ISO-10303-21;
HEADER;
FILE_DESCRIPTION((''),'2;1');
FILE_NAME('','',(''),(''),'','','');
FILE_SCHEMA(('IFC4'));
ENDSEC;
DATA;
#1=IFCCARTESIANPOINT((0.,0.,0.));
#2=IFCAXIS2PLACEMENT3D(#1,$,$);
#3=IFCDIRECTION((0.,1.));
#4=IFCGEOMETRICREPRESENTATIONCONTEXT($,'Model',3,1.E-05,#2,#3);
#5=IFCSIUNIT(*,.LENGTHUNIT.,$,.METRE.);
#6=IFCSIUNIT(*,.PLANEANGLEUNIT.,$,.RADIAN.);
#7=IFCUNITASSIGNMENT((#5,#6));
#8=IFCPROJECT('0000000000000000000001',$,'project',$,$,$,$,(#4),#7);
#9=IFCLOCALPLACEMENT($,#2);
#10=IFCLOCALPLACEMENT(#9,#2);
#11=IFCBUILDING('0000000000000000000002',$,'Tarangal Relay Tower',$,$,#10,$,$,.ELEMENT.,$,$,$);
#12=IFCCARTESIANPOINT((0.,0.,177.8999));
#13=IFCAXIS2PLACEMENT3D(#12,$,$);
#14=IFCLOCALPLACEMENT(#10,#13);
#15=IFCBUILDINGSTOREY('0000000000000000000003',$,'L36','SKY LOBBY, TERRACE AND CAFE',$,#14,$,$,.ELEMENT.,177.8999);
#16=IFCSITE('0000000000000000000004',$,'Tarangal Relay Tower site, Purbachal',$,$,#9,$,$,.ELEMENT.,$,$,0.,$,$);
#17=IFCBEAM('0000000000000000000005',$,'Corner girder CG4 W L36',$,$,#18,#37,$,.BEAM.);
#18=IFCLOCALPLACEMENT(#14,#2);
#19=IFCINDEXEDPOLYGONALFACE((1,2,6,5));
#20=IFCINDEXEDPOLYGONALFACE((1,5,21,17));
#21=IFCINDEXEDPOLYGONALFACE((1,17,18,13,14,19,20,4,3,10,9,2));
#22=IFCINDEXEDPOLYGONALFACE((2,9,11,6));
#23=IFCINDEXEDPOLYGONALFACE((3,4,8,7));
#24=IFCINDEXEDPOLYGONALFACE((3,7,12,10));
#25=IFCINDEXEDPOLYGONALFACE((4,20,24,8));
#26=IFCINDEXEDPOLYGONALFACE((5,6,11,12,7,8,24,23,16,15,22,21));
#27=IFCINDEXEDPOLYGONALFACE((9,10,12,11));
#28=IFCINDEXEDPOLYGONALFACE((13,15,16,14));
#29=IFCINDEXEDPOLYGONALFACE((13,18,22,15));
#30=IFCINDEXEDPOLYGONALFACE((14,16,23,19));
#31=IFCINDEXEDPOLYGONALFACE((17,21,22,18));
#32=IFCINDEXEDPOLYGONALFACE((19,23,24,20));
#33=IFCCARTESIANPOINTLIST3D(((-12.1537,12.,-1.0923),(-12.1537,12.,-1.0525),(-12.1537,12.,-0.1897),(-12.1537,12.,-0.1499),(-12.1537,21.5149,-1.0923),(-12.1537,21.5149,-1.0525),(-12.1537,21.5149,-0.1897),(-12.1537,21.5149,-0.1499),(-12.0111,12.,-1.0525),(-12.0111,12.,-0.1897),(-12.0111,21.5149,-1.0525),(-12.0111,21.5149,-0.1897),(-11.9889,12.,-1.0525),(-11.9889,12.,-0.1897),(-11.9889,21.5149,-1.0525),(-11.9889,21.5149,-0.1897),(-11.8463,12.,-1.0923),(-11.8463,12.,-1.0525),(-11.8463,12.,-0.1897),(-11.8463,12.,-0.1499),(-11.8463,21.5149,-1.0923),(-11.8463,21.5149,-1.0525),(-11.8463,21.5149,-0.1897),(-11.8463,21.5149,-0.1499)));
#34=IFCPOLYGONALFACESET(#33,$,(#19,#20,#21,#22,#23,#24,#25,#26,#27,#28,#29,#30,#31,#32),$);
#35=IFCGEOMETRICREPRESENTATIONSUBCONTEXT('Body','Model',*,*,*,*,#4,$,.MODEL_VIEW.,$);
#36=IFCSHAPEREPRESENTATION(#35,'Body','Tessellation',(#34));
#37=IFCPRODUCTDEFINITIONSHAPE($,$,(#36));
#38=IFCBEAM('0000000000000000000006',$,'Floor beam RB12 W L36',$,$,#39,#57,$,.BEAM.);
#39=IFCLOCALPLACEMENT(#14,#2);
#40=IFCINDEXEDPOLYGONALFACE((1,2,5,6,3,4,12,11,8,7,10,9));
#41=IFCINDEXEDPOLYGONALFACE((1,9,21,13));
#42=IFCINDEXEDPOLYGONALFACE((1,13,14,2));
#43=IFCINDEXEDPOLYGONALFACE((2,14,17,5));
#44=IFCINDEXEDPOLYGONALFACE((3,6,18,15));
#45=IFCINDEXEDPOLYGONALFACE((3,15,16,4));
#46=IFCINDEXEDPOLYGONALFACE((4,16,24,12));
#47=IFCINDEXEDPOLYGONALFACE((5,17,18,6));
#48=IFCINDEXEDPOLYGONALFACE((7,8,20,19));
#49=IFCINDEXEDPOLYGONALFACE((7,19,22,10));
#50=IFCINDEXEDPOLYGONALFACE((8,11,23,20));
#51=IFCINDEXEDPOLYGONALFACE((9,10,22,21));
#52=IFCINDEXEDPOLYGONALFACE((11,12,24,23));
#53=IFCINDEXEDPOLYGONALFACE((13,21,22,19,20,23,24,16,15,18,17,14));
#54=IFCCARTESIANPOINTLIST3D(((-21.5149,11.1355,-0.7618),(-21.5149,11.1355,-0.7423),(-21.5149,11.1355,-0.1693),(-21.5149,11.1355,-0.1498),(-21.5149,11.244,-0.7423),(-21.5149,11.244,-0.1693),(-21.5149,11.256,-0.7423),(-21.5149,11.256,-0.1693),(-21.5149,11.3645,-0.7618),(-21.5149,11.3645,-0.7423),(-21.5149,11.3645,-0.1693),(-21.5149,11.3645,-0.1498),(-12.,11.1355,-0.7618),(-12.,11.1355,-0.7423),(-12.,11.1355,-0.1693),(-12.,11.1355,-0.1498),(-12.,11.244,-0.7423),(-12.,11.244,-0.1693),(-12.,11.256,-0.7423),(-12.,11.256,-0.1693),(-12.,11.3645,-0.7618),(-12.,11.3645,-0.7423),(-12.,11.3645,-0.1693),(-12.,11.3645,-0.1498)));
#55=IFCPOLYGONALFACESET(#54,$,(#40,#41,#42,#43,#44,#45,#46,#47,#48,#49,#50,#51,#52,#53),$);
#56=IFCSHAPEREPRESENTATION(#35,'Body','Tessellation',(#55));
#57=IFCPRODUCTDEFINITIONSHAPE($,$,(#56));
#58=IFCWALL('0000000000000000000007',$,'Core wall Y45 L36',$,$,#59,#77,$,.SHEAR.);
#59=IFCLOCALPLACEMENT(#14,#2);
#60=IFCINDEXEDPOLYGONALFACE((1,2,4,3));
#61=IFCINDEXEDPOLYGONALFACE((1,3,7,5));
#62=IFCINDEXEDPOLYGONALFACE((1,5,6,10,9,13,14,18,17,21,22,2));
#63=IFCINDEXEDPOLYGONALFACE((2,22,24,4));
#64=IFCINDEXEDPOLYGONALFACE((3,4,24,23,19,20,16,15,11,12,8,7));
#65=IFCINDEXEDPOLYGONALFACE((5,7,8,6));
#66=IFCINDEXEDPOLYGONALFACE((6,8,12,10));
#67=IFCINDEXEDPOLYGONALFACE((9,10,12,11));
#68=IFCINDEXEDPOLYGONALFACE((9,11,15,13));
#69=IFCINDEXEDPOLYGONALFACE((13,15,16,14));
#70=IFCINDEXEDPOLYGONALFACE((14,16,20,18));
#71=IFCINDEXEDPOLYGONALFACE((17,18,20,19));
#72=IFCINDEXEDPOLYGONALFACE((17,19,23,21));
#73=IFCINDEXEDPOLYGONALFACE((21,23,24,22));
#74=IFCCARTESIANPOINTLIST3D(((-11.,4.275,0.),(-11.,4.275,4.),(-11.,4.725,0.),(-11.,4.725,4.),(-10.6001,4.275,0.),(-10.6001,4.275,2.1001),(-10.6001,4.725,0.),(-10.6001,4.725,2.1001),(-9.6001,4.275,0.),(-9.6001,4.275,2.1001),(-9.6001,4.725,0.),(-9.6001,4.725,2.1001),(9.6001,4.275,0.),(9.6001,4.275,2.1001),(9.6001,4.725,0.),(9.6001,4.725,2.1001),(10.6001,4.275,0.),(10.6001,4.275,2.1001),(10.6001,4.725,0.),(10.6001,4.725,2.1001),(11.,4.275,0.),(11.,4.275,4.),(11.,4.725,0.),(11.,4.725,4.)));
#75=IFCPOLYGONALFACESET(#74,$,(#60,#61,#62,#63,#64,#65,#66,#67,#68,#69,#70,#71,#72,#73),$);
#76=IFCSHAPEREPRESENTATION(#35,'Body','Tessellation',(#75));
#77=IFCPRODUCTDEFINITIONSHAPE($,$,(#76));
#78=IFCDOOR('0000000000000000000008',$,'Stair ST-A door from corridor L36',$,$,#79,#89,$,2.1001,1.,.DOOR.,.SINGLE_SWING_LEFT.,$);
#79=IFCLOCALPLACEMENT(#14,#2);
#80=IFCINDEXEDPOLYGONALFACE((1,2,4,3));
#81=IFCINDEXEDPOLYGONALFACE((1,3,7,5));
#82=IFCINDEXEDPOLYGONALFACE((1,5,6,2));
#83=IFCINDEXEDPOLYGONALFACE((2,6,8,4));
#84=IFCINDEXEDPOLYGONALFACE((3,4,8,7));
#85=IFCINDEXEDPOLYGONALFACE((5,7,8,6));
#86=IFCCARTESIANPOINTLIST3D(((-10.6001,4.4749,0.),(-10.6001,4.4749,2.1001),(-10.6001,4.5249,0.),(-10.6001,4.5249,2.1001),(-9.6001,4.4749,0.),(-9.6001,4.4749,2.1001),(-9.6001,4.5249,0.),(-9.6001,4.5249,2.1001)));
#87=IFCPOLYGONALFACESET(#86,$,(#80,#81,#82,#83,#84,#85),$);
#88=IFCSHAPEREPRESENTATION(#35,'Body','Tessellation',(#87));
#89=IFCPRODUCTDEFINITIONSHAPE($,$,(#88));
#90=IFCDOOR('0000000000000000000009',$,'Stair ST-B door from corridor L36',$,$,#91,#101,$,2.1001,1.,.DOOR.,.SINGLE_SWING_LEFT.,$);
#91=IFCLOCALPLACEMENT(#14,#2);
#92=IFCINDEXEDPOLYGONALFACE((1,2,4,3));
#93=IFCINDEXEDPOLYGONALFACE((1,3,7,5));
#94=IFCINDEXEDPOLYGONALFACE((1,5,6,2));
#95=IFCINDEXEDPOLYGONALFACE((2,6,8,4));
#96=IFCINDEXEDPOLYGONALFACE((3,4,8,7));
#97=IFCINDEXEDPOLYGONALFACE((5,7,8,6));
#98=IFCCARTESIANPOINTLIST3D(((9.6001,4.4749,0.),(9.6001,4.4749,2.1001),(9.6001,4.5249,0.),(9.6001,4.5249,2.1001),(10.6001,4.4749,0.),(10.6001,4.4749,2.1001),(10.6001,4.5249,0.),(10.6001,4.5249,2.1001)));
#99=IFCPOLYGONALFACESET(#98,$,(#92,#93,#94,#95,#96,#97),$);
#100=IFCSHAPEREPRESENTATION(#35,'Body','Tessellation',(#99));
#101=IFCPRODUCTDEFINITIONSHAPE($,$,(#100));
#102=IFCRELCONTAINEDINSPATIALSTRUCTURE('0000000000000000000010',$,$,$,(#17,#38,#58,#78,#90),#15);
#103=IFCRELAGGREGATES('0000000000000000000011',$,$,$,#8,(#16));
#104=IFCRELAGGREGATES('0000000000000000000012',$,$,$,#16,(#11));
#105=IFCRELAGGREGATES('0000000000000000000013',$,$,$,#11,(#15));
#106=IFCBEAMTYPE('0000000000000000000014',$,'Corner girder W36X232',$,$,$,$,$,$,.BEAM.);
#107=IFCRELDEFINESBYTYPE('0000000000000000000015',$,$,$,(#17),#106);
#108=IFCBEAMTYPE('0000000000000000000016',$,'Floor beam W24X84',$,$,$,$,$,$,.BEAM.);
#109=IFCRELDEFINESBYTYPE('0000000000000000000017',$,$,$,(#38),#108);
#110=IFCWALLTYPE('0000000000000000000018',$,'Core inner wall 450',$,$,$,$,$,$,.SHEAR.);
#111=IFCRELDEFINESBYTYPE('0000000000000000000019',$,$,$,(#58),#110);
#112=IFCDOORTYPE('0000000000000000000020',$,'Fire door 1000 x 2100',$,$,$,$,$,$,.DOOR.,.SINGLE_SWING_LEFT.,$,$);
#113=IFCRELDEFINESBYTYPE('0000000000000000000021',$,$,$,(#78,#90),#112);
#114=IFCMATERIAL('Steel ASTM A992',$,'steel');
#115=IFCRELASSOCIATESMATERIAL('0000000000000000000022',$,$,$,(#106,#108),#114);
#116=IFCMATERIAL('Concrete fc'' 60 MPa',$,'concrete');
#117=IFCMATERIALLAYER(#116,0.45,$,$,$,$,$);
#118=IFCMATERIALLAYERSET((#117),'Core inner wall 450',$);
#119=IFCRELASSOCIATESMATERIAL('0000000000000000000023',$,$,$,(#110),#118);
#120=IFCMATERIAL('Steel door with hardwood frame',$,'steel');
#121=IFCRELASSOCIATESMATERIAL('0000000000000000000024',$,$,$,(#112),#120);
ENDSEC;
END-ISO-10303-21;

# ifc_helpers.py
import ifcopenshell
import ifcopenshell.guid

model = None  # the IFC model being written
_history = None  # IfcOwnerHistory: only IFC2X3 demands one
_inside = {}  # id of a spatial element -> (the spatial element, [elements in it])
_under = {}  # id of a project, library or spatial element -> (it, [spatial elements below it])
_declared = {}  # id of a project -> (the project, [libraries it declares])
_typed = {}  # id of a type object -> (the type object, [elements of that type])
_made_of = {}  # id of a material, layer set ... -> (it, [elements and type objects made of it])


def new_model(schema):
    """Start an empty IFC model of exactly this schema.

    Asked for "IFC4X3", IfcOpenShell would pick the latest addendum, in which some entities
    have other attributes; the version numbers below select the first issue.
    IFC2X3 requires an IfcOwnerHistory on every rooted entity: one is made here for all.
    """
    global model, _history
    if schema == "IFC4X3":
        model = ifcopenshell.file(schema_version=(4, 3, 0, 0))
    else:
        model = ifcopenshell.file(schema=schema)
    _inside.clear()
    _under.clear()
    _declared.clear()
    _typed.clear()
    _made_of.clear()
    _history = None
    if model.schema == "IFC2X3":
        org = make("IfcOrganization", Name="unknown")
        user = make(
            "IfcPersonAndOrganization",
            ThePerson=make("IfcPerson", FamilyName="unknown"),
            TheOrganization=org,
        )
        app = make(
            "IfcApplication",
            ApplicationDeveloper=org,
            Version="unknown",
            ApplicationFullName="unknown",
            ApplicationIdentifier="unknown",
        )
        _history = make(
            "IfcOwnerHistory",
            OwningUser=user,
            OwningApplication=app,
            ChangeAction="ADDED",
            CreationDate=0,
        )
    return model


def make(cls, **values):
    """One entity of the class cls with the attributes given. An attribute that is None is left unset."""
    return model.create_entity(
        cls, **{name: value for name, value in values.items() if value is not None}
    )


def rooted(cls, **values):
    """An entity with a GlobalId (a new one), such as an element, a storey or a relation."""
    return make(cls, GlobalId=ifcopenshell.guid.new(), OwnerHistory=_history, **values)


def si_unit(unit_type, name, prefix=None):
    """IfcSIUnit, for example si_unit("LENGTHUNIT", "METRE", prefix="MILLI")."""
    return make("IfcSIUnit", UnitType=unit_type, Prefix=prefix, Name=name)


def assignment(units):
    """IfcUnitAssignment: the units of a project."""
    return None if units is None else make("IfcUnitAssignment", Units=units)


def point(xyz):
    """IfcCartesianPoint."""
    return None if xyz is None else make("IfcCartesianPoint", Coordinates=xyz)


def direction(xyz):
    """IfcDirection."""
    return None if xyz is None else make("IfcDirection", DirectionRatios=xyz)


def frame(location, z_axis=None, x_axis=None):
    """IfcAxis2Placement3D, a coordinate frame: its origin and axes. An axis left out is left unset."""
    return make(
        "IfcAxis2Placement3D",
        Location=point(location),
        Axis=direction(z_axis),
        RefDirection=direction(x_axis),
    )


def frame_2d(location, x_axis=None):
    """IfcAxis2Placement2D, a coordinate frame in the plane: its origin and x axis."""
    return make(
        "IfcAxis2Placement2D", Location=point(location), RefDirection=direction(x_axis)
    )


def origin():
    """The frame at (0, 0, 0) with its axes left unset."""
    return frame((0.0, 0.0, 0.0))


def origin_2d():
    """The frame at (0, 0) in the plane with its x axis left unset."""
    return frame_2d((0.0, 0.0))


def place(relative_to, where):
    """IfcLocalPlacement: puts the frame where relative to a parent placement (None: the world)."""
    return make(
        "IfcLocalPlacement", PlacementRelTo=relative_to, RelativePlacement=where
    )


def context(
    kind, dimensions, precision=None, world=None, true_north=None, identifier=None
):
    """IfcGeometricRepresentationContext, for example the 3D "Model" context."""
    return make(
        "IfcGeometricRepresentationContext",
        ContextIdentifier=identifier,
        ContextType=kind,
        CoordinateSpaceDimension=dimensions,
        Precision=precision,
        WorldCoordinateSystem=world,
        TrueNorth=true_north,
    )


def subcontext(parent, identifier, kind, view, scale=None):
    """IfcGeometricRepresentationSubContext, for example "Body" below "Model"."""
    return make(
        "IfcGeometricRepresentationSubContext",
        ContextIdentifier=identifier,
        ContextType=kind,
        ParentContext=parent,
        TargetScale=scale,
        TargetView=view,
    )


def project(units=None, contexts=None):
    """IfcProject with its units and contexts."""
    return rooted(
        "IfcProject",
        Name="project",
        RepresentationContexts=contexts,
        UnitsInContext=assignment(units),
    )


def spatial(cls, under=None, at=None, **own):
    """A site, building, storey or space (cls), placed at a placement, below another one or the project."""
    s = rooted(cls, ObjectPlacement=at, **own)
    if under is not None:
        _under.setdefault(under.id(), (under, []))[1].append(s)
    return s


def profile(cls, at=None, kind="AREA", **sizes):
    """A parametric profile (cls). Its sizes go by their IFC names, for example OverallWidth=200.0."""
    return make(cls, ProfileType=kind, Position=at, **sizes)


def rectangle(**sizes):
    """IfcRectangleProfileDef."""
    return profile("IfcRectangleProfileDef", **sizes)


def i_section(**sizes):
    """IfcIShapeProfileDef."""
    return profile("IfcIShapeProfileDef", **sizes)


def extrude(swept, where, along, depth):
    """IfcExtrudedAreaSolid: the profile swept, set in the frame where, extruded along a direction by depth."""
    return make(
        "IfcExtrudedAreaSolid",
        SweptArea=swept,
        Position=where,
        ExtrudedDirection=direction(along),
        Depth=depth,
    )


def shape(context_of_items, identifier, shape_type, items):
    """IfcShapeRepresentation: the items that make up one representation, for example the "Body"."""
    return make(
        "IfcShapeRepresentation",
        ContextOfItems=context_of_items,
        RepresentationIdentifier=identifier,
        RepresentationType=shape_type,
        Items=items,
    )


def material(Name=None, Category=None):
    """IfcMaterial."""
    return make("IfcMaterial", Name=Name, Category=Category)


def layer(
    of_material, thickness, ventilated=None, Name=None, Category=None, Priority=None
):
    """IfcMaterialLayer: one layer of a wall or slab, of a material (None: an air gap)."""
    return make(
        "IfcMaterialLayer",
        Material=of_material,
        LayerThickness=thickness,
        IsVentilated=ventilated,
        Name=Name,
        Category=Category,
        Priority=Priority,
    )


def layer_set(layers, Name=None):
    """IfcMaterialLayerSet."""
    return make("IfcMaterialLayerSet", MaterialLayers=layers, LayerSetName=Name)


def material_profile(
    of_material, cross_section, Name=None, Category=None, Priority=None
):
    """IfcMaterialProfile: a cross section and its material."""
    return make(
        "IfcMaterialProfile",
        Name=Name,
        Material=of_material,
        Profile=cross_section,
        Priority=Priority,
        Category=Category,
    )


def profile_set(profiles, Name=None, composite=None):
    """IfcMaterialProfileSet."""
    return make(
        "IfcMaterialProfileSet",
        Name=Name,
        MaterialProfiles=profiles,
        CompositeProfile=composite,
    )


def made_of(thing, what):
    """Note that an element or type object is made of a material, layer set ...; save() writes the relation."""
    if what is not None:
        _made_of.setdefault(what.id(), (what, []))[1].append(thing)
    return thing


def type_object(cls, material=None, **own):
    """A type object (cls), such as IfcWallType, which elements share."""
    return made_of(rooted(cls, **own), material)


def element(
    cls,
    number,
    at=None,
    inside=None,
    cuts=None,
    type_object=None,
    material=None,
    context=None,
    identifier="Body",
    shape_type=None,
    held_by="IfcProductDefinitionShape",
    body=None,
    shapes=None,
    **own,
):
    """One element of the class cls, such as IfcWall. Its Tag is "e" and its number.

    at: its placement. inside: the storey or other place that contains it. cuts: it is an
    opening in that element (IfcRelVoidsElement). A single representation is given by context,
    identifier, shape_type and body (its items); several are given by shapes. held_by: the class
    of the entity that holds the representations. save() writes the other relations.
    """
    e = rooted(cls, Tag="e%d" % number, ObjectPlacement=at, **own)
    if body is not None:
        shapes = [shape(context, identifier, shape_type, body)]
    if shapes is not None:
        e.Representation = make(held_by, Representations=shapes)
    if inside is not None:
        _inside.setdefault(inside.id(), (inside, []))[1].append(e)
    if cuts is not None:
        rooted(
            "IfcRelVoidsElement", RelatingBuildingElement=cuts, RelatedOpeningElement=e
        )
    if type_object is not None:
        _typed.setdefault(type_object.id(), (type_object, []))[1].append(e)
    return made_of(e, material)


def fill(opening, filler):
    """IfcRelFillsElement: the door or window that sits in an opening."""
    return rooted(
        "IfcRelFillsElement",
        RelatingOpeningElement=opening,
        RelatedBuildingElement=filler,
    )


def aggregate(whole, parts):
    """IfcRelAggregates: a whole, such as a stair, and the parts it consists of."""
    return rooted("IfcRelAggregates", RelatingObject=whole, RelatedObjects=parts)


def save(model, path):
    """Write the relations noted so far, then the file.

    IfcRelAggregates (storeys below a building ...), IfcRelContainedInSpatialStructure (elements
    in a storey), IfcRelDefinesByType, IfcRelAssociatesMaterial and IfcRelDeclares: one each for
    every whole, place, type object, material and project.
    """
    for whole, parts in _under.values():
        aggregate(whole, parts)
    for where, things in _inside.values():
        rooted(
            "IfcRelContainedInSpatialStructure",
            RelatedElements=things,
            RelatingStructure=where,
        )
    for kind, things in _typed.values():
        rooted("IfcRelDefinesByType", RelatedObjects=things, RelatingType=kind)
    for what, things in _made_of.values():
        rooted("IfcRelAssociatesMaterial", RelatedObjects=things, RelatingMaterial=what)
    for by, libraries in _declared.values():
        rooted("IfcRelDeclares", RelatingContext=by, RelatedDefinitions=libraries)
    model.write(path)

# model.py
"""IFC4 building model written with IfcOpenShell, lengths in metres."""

from ifc_helpers import new_model, si_unit, direction, frame, frame_2d, origin, origin_2d, place, context, subcontext, project, spatial, rectangle, i_section, extrude, material, layer, layer_set, material_profile, profile_set, type_object, element, fill, save


model = new_model("IFC4")

# Units and contexts
model_context = context("Model", 3, precision=1e-05, world=origin(), true_north=direction((0.0, 1.0)))
body_context = subcontext(model_context, "Body", "Model", "MODEL_VIEW")
ifc_project = project(units=[si_unit("LENGTHUNIT", "METRE"), si_unit("PLANEANGLEUNIT", "RADIAN")], contexts=[model_context])

# Site, building, storey
site_placement = place(None, origin())
site = spatial("IfcSite", under=ifc_project, at=site_placement, Name="Tarangal Relay Tower site, Purbachal", CompositionType="ELEMENT", RefElevation=0.0)
building_placement = place(site_placement, origin())
building = spatial("IfcBuilding", under=site, at=building_placement, Name="Tarangal Relay Tower", CompositionType="ELEMENT")
storey_placement = place(building_placement, frame((0.0, 0.0, 177.8999)))
storey = spatial("IfcBuildingStorey", under=building, at=storey_placement, Name="L36", Description="SKY LOBBY, TERRACE AND CAFE", CompositionType="ELEMENT", Elevation=177.8999)

# Beams
ifc_material_1 = material(Name="Steel ASTM A992", Category="steel")
ifc_material_profile_1 = material_profile(ifc_material_1, i_section(OverallWidth=0.3074, OverallDepth=0.9424, WebThickness=0.0222, FlangeThickness=0.0398, at=origin_2d()), Name="W36X232")
ifc_profile_set_1 = profile_set([ifc_material_profile_1], Name="Steel ASTM A992")
beam_type_1 = type_object("IfcBeamType", Name="Corner girder W36X232", PredefinedType="BEAM", material=ifc_profile_set_1)
beam_1_placement = place(storey_placement, frame((-12.0, 12.0, -0.6211), z_axis=(0.0, 1.0, 0.0), x_axis=(-1.0, 0.0, 0.0)))
element("IfcBeam", 1, at=beam_1_placement, inside=storey, type_object=beam_type_1, Name="Corner girder CG4 W L36", PredefinedType="BEAM", context=body_context, shape_type="SweptSolid", body=[
    extrude(i_section(OverallWidth=0.3074, OverallDepth=0.9424, WebThickness=0.0222, FlangeThickness=0.0398, at=origin_2d()), origin(), (0.0, 0.0, 1.0), 9.5149),
])
ifc_material_profile_2 = material_profile(ifc_material_1, i_section(OverallWidth=0.229, OverallDepth=0.6121, WebThickness=0.012, FlangeThickness=0.0195, at=origin_2d()), Name="W24X84")
ifc_profile_set_2 = profile_set([ifc_material_profile_2], Name="Steel ASTM A992")
beam_type_2 = type_object("IfcBeamType", Name="Floor beam W24X84", PredefinedType="BEAM", material=ifc_profile_set_2)
beam_2_placement = place(storey_placement, frame((-12.0, 11.25, -0.4558), z_axis=(-1.0, 0.0, 0.0), x_axis=(0.0, -1.0, 0.0)))
element("IfcBeam", 2, at=beam_2_placement, inside=storey, type_object=beam_type_2, Name="Floor beam RB12 W L36", PredefinedType="BEAM", context=body_context, shape_type="SweptSolid", body=[
    extrude(i_section(OverallWidth=0.229, OverallDepth=0.6121, WebThickness=0.012, FlangeThickness=0.0195, at=origin_2d()), origin(), (0.0, 0.0, 1.0), 9.5149),
])

# Wall, openings, doors
ifc_material_2 = material(Name="Concrete fc' 60 MPa", Category="concrete")
ifc_layer_1 = layer(ifc_material_2, 0.45)
ifc_layer_set_1 = layer_set([ifc_layer_1], Name="Core inner wall 450")
wall_type_1 = type_object("IfcWallType", Name="Core inner wall 450", PredefinedType="SHEAR", material=ifc_layer_set_1)
wall_1_placement = place(storey_placement, frame((-11.0, 4.5, 0.0), z_axis=(0.0, 0.0, 1.0), x_axis=(1.0, 0.0, 0.0)))
wall_1 = element("IfcWall", 3, at=wall_1_placement, inside=storey, type_object=wall_type_1, Name="Core wall Y45 L36", PredefinedType="SHEAR", context=body_context, shape_type="SweptSolid", body=[
    extrude(rectangle(XDim=22.0, YDim=0.45, at=frame_2d((11.0, 0.0))), origin(), (0.0, 0.0, 1.0), 4.0),
])
opening_1_placement = place(wall_1_placement, frame((0.3999, 0.0, 0.0)))
opening_1 = element("IfcOpeningElement", 4, at=opening_1_placement, cuts=wall_1, PredefinedType="OPENING", context=body_context, shape_type="SweptSolid", body=[
    extrude(rectangle(XDim=1.0, YDim=2.1001, at=frame_2d((0.5, 1.05))), frame((0.0, 0.2349, 0.0), z_axis=(0.0, -1.0, 0.0), x_axis=(1.0, 0.0, 0.0)), (0.0, 0.0, 1.0), 0.47),
])
opening_2_placement = place(wall_1_placement, frame((20.6001, 0.0, 0.0)))
opening_2 = element("IfcOpeningElement", 5, at=opening_2_placement, cuts=wall_1, PredefinedType="OPENING", context=body_context, shape_type="SweptSolid", body=[
    extrude(rectangle(XDim=1.0, YDim=2.1001, at=frame_2d((0.5, 1.05))), frame((0.0, 0.2349, 0.0), z_axis=(0.0, -1.0, 0.0), x_axis=(1.0, 0.0, 0.0)), (0.0, 0.0, 1.0), 0.47),
])
ifc_material_3 = material(Name="Steel door with hardwood frame", Category="steel")
door_type_1 = type_object("IfcDoorType", Name="Fire door 1000 x 2100", OperationType="SINGLE_SWING_LEFT", PredefinedType="DOOR", material=ifc_material_3)
door_1_placement = place(opening_1_placement, origin())
door_1 = element("IfcDoor", 6, at=door_1_placement, inside=storey, type_object=door_type_1, Name="Stair ST-A door from corridor L36", OperationType="SINGLE_SWING_LEFT", OverallHeight=2.1001, OverallWidth=1.0, PredefinedType="DOOR", context=body_context, shape_type="SweptSolid", body=[
    extrude(rectangle(XDim=1.0, YDim=2.1001, at=frame_2d((0.5, 1.05))), frame((0.0, 0.0249, 0.0), z_axis=(0.0, -1.0, 0.0), x_axis=(1.0, 0.0, 0.0)), (0.0, 0.0, 1.0), 0.05),
])
fill(opening_1, door_1)
door_2_placement = place(opening_2_placement, origin())
door_2 = element("IfcDoor", 7, at=door_2_placement, inside=storey, type_object=door_type_1, Name="Stair ST-B door from corridor L36", OperationType="SINGLE_SWING_LEFT", OverallHeight=2.1001, OverallWidth=1.0, PredefinedType="DOOR", context=body_context, shape_type="SweptSolid", body=[
    extrude(rectangle(XDim=1.0, YDim=2.1001, at=frame_2d((0.5, 1.05))), frame((0.0, 0.0249, 0.0), z_axis=(0.0, -1.0, 0.0), x_axis=(1.0, 0.0, 0.0)), (0.0, 0.0, 1.0), 0.05),
])
fill(opening_2, door_2)

save(model, "model.ifc")
